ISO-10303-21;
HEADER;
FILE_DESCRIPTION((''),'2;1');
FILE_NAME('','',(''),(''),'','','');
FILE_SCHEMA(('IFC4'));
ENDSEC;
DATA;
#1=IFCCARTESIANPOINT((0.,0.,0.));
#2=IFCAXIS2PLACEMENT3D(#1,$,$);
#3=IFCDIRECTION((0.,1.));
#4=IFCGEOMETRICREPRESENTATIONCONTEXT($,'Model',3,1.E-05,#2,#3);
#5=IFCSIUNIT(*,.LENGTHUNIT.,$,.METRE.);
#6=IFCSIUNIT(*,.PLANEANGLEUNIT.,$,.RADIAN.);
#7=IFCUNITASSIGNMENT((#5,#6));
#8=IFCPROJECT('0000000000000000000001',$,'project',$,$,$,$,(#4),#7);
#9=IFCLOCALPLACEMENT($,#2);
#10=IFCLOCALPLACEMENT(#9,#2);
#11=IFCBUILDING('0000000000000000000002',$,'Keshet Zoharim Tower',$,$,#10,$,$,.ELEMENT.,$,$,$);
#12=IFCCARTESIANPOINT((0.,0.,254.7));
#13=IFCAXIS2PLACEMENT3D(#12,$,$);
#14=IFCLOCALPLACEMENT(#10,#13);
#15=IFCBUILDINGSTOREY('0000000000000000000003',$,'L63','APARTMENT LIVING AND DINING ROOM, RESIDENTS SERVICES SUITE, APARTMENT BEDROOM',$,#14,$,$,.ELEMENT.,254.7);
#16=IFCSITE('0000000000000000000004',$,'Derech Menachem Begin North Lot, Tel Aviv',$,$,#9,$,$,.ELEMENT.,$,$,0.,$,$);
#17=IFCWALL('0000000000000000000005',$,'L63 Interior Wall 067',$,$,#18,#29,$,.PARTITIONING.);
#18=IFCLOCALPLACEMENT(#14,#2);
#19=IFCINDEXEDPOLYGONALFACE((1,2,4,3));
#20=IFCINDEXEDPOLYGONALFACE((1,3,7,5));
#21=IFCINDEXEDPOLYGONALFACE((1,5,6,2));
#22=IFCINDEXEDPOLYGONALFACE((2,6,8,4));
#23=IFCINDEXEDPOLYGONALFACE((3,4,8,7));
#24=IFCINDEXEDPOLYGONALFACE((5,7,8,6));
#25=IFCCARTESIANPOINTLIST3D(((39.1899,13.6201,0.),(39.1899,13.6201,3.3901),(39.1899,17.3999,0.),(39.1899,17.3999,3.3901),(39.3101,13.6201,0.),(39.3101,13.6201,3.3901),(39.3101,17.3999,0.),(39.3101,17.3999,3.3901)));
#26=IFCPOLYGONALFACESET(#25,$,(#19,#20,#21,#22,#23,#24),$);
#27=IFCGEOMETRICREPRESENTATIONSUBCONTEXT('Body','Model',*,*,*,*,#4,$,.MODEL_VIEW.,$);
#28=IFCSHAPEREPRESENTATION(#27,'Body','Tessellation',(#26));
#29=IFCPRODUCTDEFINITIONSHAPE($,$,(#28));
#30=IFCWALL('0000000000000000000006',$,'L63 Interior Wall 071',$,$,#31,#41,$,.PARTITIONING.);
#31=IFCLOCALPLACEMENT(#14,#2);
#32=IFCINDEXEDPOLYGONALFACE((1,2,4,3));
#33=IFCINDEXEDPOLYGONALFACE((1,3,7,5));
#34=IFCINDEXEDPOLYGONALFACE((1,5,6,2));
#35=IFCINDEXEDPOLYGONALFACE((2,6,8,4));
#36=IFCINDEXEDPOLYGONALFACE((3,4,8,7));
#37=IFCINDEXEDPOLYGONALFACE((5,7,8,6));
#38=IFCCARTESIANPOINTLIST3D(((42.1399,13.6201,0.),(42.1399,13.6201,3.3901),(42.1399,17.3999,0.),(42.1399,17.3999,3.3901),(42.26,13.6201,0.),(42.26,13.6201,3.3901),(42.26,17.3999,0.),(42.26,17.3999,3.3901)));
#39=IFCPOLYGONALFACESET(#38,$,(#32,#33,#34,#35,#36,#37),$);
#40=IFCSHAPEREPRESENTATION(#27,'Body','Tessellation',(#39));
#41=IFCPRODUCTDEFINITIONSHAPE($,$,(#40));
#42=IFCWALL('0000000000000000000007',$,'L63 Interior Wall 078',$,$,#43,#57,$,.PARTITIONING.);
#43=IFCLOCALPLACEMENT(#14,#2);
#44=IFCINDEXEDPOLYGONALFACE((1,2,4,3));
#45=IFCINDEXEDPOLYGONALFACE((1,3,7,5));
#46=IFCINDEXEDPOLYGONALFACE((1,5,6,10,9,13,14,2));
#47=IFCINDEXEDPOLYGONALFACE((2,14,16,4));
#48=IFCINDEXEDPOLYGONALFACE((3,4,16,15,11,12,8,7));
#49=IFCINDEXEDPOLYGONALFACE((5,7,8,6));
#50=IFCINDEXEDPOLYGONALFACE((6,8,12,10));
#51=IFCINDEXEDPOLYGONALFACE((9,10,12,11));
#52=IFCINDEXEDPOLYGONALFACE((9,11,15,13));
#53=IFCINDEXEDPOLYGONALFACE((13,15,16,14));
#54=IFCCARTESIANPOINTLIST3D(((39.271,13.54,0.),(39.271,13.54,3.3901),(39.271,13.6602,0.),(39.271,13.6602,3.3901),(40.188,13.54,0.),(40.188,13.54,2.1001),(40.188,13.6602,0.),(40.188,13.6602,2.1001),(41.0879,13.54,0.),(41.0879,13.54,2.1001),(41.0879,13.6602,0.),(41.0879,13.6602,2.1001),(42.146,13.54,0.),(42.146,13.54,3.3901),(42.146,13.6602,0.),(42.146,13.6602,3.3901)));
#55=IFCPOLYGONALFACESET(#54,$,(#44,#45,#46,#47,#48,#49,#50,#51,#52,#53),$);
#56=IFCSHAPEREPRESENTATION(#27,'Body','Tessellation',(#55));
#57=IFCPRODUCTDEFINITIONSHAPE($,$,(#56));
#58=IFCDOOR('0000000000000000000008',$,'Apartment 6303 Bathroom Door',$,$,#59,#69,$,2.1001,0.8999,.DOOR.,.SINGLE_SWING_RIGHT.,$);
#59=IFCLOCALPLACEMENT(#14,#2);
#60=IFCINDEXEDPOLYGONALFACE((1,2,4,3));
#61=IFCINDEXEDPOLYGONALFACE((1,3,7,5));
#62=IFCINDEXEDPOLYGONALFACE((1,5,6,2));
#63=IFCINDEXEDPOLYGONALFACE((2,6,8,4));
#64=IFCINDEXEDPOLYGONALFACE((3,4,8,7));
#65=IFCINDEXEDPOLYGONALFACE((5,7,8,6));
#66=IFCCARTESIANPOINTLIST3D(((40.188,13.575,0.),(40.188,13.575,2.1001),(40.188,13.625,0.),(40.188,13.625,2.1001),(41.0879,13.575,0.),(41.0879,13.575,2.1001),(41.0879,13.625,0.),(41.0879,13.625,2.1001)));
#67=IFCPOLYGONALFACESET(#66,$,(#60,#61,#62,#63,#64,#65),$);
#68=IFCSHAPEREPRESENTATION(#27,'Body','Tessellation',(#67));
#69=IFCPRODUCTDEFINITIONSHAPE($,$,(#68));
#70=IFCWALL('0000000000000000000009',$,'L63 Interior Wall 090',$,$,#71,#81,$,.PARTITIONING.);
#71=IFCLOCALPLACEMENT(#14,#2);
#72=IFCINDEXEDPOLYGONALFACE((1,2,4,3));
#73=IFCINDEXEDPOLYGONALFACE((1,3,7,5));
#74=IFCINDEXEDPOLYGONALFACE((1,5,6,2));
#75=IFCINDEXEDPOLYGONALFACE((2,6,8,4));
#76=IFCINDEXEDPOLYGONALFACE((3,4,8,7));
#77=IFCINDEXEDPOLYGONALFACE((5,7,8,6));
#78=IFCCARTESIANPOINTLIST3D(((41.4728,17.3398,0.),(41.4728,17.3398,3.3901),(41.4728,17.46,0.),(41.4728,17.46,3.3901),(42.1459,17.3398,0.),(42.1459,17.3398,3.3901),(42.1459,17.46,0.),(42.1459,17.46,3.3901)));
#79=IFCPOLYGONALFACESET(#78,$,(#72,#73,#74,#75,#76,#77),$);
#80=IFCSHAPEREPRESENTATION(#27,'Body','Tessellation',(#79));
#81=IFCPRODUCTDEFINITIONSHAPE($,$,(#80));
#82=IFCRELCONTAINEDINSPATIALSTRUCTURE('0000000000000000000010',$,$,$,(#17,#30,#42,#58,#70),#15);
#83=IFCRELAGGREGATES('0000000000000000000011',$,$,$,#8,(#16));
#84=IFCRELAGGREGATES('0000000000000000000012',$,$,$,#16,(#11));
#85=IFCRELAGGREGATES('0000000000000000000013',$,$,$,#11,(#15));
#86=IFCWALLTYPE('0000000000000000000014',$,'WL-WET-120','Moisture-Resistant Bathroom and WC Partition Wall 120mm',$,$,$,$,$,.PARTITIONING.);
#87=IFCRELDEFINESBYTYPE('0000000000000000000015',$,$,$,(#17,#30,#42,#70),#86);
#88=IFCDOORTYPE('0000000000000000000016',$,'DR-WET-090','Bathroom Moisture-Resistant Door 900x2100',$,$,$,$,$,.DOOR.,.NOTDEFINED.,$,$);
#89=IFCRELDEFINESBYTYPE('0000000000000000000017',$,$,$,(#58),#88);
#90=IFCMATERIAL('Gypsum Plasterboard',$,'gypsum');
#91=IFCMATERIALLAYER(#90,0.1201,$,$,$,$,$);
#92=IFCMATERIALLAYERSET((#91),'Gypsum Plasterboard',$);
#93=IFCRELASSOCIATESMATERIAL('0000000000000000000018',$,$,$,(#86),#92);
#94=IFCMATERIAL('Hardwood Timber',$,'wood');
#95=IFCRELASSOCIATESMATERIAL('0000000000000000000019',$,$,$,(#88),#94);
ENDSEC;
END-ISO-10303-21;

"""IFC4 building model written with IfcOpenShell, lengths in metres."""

from ifc_helpers import new_model, si_unit, direction, frame, frame_2d, origin, place, context, subcontext, project, spatial, rectangle, extrude, material, layer, layer_set, type_object, element, fill, save


model = new_model("IFC4")

# Units and contexts
model_context = context("Model", 3, precision=1e-05, world=origin(), true_north=direction((0.0, 1.0)))
body_context = subcontext(model_context, "Body", "Model", "MODEL_VIEW")
ifc_project = project(units=[si_unit("LENGTHUNIT", "METRE"), si_unit("PLANEANGLEUNIT", "RADIAN")], contexts=[model_context])

# Site, building, storey
site_placement = place(None, origin())
site = spatial("IfcSite", under=ifc_project, at=site_placement, Name="Derech Menachem Begin North Lot, Tel Aviv", CompositionType="ELEMENT", RefElevation=0.0)
building_placement = place(site_placement, origin())
building = spatial("IfcBuilding", under=site, at=building_placement, Name="Keshet Zoharim Tower", CompositionType="ELEMENT")
storey_placement = place(building_placement, frame((0.0, 0.0, 254.7)))
storey = spatial("IfcBuildingStorey", under=building, at=storey_placement, Name="L63", Description="APARTMENT LIVING AND DINING ROOM, RESIDENTS SERVICES SUITE, APARTMENT BEDROOM", CompositionType="ELEMENT", Elevation=254.7)

# Shared definitions
ifc_material_1 = material(Name="Gypsum Plasterboard", Category="gypsum")

# Shared definitions
ifc_material_2 = material(Name="Hardwood Timber", Category="wood")

# Walls
ifc_layer_1 = layer(ifc_material_1, 0.1201)
ifc_layer_set_1 = layer_set([ifc_layer_1], Name="Gypsum Plasterboard")
wall_type_1 = type_object("IfcWallType", Name="WL-WET-120", Description="Moisture-Resistant Bathroom and WC Partition Wall 120mm", PredefinedType="PARTITIONING", material=ifc_layer_set_1)
for number, where, z_axis, x_axis, name in (
    (1, (39.25, 13.6201, 0.0), (0.0, 0.0, 1.0), (0.0, 1.0, 0.0), "L63 Interior Wall 067"),
    (2, (42.2, 13.6201, 0.0), (0.0, 0.0, 1.0), (0.0, 1.0, 0.0), "L63 Interior Wall 071"),
):
    element("IfcWall", number, at=place(storey_placement, frame(where, z_axis=z_axis, x_axis=x_axis)), inside=storey, type_object=wall_type_1, Name=name, PredefinedType="PARTITIONING", context=body_context, shape_type="SweptSolid", body=[
        extrude(rectangle(XDim=3.7798, YDim=0.1201, at=frame_2d((1.8899, 0.0))), origin(), (0.0, 0.0, 1.0), 3.3901),
    ])

# Wall, opening, door
wall_1_placement = place(storey_placement, frame((39.271, 13.6001, 0.0), z_axis=(0.0, 0.0, 1.0), x_axis=(1.0, 0.0, 0.0)))
wall_1 = element("IfcWall", 3, at=wall_1_placement, inside=storey, type_object=wall_type_1, Name="L63 Interior Wall 078", PredefinedType="PARTITIONING", context=body_context, shape_type="SweptSolid", body=[
    extrude(rectangle(XDim=2.875, YDim=0.1201, at=frame_2d((1.4375, 0.0))), origin(), (0.0, 0.0, 1.0), 3.3901),
])
opening_1_placement = place(wall_1_placement, frame((0.917, 0.0, 0.0)))
opening_1 = element("IfcOpeningElement", 4, at=opening_1_placement, cuts=wall_1, PredefinedType="OPENING", context=body_context, shape_type="SweptSolid", body=[
    extrude(rectangle(XDim=0.8999, YDim=2.1001, at=frame_2d((0.45, 1.05))), frame((0.0, 0.0701, 0.0), z_axis=(0.0, -1.0, 0.0), x_axis=(1.0, 0.0, 0.0)), (0.0, 0.0, 1.0), 0.1401),
])
door_type_1 = type_object("IfcDoorType", Name="DR-WET-090", Description="Bathroom Moisture-Resistant Door 900x2100", OperationType="NOTDEFINED", PredefinedType="DOOR", material=ifc_material_2)
door_1_placement = place(opening_1_placement, origin())
door_1 = element("IfcDoor", 5, at=door_1_placement, inside=storey, type_object=door_type_1, Name="Apartment 6303 Bathroom Door", OperationType="SINGLE_SWING_RIGHT", OverallHeight=2.1001, OverallWidth=0.8999, PredefinedType="DOOR", context=body_context, shape_type="SweptSolid", body=[
    extrude(rectangle(XDim=0.8999, YDim=2.1001, at=frame_2d((0.45, 1.05))), frame((0.0, 0.0249, 0.0), z_axis=(0.0, -1.0, 0.0), x_axis=(1.0, 0.0, 0.0)), (0.0, 0.0, 1.0), 0.05),
])
fill(opening_1, door_1)

# Wall
wall_2_placement = place(storey_placement, frame((41.4729, 17.3999, 0.0), z_axis=(0.0, 0.0, 1.0), x_axis=(1.0, 0.0, 0.0)))
element("IfcWall", 6, at=wall_2_placement, inside=storey, type_object=wall_type_1, Name="L63 Interior Wall 090", PredefinedType="PARTITIONING", context=body_context, shape_type="SweptSolid", body=[
    extrude(rectangle(XDim=0.6731, YDim=0.1201, at=frame_2d((0.3364, 0.0))), origin(), (0.0, 0.0, 1.0), 3.3901),
])

save(model, "model.ifc")
